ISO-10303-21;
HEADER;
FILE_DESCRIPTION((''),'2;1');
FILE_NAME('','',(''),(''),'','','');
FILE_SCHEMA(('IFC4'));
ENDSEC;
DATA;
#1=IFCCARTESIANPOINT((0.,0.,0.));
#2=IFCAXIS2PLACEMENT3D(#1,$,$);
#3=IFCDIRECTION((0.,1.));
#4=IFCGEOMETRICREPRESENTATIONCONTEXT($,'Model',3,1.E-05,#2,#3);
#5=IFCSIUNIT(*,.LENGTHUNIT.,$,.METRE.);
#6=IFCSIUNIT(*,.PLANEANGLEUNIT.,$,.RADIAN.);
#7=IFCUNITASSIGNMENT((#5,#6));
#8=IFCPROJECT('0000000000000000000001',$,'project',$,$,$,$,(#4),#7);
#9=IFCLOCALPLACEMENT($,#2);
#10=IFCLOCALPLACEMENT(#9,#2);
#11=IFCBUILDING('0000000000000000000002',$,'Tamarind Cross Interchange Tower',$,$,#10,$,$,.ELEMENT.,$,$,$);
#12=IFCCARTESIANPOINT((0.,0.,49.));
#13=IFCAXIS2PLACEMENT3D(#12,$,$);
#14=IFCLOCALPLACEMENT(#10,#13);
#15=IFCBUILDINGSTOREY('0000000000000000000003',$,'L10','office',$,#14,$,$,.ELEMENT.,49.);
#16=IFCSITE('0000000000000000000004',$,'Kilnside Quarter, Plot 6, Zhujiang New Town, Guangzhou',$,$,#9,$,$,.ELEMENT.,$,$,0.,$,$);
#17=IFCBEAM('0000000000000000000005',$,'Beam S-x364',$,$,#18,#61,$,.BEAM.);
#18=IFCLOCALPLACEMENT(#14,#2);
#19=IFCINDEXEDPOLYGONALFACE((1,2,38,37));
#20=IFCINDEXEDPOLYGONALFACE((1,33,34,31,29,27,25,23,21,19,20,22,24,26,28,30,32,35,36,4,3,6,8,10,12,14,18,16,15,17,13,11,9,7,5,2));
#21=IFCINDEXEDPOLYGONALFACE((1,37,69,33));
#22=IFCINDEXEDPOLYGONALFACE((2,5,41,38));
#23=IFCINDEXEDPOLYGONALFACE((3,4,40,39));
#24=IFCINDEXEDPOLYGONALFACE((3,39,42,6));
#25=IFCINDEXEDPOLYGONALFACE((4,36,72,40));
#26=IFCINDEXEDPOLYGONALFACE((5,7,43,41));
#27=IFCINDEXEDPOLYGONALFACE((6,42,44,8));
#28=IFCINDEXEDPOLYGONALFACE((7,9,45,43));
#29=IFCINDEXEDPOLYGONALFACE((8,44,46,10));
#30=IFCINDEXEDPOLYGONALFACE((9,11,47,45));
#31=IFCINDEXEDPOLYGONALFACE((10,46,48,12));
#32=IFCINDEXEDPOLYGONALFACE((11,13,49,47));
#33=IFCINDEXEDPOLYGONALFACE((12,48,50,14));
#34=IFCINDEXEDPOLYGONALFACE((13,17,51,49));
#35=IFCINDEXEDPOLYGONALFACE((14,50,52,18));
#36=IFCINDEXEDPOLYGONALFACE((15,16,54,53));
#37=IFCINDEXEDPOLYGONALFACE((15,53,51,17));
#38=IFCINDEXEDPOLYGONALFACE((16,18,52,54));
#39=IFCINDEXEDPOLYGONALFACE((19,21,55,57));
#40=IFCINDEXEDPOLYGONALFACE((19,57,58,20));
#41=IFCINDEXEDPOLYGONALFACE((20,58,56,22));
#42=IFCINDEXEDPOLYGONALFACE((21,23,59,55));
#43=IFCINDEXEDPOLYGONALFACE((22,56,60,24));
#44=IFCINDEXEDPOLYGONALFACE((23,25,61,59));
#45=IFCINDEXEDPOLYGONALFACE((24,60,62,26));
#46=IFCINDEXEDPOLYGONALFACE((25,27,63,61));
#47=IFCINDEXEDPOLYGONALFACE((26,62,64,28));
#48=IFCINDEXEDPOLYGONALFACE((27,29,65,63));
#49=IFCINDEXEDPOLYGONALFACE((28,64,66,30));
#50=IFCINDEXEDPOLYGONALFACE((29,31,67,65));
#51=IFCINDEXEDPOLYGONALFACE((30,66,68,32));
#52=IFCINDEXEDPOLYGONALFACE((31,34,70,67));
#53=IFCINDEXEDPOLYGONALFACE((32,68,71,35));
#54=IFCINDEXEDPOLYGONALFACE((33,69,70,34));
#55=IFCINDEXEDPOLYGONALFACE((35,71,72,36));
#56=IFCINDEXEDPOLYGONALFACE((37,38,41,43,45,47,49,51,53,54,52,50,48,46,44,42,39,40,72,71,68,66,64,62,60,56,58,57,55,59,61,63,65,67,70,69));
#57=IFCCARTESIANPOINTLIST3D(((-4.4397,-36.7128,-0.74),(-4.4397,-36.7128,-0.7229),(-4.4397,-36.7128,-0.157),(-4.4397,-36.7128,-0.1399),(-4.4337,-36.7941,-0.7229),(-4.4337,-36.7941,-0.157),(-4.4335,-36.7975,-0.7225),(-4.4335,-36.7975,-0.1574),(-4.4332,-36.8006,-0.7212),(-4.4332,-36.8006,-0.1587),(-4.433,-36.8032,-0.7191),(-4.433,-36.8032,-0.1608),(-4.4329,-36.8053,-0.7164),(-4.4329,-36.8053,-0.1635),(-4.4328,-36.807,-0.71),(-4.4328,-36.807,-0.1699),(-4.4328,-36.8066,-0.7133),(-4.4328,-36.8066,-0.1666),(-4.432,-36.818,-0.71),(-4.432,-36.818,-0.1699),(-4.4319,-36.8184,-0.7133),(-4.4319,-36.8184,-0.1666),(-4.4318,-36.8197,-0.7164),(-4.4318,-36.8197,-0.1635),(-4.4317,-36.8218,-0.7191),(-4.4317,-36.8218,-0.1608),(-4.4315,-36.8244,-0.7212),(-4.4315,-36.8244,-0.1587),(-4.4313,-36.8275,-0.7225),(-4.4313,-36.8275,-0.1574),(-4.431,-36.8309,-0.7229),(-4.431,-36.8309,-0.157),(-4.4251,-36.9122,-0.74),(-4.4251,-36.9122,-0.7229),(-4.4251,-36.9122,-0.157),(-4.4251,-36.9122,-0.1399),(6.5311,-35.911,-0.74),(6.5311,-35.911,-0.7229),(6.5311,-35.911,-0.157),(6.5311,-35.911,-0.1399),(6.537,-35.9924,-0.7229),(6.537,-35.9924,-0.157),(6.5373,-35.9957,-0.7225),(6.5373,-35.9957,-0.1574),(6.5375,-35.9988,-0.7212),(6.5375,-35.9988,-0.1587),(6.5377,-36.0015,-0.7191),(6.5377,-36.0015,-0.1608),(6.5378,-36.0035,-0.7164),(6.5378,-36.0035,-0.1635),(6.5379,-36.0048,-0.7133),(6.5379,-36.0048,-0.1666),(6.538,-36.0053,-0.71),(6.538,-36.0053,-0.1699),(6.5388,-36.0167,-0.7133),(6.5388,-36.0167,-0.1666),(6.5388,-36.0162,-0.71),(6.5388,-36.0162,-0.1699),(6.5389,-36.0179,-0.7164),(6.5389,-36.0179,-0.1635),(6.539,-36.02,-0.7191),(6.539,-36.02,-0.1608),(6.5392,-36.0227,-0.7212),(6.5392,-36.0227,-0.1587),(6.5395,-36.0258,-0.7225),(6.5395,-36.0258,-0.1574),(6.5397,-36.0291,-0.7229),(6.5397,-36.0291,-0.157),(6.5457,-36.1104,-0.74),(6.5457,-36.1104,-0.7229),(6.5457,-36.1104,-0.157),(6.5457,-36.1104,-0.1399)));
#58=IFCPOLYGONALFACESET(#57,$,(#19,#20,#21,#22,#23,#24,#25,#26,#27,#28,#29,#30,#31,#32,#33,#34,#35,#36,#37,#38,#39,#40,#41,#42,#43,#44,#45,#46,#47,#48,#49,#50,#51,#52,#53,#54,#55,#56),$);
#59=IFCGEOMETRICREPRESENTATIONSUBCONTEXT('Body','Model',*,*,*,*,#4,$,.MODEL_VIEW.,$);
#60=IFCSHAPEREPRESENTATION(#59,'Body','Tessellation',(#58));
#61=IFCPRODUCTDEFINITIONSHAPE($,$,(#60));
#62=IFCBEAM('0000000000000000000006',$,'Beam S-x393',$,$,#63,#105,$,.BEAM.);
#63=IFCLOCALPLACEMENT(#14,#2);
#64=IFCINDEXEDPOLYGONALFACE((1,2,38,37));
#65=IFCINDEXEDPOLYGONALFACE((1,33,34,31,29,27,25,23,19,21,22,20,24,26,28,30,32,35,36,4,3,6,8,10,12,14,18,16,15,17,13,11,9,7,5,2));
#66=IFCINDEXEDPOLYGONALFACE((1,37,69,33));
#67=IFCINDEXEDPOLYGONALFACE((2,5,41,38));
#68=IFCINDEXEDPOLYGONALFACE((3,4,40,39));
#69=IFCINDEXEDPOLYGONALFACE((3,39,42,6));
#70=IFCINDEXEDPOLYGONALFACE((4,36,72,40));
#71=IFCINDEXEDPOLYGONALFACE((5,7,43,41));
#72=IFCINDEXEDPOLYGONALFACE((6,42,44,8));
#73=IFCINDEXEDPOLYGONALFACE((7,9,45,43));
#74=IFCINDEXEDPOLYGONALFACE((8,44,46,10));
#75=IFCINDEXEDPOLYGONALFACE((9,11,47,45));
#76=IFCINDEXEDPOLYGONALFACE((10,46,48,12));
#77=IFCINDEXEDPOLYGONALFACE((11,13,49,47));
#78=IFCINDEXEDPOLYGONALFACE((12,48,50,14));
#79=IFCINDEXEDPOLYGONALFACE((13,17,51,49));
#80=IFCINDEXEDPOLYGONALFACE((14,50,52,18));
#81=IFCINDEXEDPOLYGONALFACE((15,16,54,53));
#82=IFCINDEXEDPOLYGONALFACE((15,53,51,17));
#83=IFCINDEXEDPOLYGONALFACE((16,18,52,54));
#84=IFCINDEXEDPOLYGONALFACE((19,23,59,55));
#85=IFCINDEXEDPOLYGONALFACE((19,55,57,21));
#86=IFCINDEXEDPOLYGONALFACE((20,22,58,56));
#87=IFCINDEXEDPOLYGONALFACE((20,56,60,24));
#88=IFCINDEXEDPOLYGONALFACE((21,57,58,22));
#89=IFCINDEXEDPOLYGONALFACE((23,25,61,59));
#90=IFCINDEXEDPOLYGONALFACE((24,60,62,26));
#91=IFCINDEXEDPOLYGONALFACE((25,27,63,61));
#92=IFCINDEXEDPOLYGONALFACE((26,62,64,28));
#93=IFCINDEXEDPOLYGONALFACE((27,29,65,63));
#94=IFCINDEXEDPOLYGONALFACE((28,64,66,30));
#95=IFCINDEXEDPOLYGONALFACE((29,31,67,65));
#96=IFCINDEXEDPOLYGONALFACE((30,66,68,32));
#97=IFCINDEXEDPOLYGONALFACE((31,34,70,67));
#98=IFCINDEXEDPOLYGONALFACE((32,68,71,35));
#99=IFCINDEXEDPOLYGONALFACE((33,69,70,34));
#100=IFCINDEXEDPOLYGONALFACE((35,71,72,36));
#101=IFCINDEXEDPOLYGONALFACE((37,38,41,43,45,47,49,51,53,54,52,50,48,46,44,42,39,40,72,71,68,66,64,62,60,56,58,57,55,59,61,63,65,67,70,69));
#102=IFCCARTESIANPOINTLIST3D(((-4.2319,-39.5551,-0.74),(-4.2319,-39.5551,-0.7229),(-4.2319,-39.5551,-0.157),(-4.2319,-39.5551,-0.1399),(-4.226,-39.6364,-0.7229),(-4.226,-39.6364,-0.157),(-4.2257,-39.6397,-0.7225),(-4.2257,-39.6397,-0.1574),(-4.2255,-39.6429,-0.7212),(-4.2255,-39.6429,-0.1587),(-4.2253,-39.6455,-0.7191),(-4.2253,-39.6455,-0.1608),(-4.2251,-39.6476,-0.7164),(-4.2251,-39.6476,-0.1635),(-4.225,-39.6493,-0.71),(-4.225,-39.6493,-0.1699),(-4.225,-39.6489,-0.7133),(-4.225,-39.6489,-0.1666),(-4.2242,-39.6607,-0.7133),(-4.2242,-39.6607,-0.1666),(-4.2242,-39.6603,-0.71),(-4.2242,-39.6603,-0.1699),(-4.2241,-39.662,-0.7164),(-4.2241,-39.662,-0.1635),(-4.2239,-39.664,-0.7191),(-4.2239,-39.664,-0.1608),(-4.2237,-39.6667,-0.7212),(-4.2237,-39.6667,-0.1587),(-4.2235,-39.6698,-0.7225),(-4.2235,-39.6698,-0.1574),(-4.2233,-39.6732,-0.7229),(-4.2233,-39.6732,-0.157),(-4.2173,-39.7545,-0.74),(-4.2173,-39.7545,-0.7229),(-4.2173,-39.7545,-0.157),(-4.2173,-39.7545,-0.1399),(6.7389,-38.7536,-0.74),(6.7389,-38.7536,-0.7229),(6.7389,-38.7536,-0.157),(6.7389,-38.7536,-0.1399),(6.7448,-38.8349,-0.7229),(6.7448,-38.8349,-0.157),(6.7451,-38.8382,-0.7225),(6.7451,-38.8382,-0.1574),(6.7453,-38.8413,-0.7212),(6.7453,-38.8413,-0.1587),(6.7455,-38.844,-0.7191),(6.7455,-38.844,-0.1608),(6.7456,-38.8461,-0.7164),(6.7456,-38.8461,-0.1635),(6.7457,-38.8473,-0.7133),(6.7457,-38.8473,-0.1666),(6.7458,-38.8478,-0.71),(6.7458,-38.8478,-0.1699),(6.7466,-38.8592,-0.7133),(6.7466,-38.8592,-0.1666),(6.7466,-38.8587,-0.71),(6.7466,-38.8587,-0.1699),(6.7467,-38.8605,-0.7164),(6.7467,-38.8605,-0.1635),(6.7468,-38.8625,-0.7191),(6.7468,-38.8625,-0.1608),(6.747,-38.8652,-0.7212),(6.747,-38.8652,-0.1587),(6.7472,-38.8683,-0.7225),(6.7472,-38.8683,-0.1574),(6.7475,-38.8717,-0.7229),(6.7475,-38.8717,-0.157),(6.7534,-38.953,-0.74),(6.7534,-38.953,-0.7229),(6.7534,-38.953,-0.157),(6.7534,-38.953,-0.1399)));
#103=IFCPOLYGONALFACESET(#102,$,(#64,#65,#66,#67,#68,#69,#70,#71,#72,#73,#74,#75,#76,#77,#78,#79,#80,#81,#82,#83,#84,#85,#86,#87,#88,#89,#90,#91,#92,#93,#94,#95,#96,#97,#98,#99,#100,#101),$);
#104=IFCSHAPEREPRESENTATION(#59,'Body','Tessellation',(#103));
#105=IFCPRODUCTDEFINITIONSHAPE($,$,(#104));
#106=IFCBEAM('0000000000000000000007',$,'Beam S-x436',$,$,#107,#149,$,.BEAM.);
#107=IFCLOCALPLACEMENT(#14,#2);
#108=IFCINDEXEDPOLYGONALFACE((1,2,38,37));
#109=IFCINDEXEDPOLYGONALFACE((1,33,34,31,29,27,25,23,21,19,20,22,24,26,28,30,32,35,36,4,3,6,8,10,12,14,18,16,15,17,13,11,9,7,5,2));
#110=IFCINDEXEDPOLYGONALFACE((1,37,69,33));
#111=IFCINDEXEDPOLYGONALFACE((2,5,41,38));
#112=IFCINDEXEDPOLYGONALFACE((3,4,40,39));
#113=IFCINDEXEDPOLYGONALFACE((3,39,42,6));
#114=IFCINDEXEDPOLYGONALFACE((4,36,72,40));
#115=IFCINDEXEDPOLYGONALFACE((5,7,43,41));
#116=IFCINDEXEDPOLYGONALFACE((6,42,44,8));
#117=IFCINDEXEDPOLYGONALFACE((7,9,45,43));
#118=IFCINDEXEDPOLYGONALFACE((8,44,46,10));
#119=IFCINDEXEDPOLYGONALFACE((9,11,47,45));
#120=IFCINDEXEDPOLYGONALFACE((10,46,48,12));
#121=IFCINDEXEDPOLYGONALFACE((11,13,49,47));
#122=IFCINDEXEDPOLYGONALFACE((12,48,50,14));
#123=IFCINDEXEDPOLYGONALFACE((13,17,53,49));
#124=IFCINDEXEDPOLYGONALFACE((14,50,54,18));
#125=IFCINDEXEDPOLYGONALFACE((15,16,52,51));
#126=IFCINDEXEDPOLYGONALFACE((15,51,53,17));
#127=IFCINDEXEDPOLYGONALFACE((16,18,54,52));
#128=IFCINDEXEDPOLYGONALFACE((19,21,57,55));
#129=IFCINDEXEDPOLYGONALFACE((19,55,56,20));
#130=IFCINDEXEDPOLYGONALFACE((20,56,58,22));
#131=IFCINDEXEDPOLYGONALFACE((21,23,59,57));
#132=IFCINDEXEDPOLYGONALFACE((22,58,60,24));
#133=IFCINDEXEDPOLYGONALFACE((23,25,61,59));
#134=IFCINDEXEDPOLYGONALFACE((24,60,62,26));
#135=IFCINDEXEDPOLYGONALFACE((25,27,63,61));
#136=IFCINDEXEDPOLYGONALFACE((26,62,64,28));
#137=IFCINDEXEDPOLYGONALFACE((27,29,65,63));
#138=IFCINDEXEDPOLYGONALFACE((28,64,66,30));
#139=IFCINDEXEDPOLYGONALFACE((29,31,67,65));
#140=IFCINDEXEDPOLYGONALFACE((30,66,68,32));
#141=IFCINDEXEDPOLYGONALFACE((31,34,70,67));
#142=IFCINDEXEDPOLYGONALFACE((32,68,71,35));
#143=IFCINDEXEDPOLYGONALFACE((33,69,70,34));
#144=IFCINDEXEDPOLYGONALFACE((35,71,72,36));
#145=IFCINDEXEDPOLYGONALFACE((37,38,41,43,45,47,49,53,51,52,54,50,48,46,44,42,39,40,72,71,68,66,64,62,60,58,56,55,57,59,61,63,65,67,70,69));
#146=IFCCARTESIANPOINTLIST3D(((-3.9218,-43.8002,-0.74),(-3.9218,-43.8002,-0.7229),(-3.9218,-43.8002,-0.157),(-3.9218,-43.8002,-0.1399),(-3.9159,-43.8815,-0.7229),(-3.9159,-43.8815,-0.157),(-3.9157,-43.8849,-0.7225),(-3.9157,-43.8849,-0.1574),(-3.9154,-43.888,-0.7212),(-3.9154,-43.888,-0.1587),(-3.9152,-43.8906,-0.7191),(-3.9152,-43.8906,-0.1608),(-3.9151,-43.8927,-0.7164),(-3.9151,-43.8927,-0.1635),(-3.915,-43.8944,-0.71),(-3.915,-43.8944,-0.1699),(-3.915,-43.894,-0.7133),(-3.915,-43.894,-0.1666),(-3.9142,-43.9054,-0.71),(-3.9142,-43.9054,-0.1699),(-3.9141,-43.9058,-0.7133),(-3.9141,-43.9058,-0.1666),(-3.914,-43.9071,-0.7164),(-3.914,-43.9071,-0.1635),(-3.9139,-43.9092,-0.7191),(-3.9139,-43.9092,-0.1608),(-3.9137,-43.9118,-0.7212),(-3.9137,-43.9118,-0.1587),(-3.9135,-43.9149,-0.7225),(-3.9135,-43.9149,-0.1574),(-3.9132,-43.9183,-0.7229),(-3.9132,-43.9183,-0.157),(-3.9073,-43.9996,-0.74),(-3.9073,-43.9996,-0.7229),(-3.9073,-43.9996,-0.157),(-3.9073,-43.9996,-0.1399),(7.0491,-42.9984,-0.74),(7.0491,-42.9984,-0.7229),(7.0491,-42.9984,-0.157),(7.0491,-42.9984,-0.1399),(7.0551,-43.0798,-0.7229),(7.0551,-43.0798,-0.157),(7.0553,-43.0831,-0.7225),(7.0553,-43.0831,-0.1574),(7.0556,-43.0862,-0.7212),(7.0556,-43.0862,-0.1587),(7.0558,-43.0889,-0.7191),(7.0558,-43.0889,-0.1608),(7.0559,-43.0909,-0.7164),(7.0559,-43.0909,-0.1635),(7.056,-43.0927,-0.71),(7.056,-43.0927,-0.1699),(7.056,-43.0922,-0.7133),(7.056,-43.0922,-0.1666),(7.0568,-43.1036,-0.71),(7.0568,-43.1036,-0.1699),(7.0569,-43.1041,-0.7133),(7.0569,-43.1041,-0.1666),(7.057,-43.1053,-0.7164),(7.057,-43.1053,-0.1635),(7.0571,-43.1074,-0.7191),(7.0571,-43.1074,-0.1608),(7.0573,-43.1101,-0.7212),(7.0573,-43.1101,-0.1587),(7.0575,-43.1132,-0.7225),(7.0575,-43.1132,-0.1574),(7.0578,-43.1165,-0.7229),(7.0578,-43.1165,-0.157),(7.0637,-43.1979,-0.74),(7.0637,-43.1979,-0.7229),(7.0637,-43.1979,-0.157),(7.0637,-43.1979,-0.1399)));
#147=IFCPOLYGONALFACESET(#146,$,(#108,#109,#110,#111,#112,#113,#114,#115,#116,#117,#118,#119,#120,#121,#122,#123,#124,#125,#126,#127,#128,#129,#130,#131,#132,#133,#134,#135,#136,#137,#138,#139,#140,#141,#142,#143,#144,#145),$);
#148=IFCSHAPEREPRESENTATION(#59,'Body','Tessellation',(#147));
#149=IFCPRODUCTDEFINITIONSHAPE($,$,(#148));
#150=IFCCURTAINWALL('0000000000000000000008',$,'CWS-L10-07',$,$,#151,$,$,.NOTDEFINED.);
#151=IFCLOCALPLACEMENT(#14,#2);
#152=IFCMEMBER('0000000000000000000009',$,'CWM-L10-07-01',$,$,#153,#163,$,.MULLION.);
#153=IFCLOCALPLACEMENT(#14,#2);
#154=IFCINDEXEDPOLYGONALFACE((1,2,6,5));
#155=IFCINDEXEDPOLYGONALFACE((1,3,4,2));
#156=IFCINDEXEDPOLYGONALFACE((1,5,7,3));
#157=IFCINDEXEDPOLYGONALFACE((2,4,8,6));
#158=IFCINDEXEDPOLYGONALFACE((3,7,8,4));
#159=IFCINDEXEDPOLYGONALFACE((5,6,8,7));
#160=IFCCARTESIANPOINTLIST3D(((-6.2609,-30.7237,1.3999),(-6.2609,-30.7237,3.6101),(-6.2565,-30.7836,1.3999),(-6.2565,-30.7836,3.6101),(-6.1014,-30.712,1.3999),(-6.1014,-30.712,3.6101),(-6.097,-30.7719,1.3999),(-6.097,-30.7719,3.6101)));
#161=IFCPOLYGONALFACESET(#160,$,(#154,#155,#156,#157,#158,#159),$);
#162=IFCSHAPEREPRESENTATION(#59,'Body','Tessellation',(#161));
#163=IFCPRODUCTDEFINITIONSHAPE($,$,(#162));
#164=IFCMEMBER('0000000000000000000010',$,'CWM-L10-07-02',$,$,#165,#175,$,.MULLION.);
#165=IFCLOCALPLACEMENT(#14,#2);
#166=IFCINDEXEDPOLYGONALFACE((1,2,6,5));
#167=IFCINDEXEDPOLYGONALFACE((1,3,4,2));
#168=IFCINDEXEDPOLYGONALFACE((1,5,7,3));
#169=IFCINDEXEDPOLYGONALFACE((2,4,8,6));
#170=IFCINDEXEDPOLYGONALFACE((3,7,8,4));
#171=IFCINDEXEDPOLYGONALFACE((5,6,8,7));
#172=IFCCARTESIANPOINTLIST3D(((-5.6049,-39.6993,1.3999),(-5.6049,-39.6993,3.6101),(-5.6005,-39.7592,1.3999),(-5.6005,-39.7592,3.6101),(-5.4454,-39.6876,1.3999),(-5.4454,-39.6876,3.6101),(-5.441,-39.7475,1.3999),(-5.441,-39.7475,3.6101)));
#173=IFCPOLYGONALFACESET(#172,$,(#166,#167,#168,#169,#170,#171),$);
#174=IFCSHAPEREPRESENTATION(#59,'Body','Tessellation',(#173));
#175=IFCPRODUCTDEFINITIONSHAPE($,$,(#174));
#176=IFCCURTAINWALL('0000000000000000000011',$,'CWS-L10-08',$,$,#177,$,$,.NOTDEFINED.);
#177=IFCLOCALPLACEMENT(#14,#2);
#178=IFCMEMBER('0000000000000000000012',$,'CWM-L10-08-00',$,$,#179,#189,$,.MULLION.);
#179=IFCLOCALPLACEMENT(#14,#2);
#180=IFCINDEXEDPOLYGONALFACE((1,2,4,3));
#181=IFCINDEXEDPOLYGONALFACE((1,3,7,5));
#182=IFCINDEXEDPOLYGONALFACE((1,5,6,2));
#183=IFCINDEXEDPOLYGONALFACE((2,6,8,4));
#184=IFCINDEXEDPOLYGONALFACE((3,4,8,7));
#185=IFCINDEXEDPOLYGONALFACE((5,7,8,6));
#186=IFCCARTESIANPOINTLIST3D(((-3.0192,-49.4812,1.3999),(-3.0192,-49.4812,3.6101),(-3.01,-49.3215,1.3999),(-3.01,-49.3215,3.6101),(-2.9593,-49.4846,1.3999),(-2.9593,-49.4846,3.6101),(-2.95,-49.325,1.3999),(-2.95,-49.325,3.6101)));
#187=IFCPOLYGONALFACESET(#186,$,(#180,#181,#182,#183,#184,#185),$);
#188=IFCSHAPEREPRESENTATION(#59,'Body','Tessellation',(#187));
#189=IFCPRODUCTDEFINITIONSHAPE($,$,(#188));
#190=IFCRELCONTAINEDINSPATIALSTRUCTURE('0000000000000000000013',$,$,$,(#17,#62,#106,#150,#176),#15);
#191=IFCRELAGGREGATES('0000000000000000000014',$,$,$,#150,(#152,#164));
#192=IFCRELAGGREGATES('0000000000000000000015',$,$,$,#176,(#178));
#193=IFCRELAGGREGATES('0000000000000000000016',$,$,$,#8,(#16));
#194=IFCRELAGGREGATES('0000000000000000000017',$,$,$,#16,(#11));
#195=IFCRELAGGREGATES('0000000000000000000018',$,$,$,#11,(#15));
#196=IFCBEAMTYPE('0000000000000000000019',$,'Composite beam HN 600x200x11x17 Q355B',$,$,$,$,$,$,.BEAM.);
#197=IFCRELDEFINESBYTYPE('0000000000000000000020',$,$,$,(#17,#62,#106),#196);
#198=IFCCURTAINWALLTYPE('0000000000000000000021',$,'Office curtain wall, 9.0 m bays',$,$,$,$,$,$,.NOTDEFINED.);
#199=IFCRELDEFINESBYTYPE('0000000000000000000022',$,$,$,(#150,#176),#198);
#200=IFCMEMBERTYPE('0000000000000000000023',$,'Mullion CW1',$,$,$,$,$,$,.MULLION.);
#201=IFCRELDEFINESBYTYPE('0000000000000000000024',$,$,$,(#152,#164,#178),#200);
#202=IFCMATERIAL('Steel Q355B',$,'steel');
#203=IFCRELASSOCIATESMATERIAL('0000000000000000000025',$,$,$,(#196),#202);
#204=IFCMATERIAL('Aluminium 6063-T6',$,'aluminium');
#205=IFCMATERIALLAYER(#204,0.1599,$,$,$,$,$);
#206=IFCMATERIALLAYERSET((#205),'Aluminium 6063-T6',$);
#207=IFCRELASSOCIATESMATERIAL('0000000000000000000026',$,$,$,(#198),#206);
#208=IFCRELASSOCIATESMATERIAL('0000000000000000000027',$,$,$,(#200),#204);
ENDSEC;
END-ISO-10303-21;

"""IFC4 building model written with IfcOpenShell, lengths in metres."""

from ifc_helpers import new_model, si_unit, direction, frame, origin, origin_2d, place, context, subcontext, project, spatial, rectangle, i_section, extrude, material, layer, layer_set, material_profile, profile_set, type_object, element, aggregate, save


model = new_model("IFC4")

# Units and contexts
model_context = context("Model", 3, precision=1e-05, world=origin(), true_north=direction((0.0, 1.0)))
body_context = subcontext(model_context, "Body", "Model", "MODEL_VIEW")
ifc_project = project(units=[si_unit("LENGTHUNIT", "METRE"), si_unit("PLANEANGLEUNIT", "RADIAN")], contexts=[model_context])

# Site, building, storey
site_placement = place(None, origin())
site = spatial("IfcSite", under=ifc_project, at=site_placement, Name="Kilnside Quarter, Plot 6, Zhujiang New Town, Guangzhou", CompositionType="ELEMENT", RefElevation=0.0)
building_placement = place(site_placement, origin())
building = spatial("IfcBuilding", under=site, at=building_placement, Name="Tamarind Cross Interchange Tower", CompositionType="ELEMENT")
storey_placement = place(building_placement, frame((0.0, 0.0, 49.0)))
storey = spatial("IfcBuildingStorey", under=building, at=storey_placement, Name="L10", Description="office", CompositionType="ELEMENT", Elevation=49.0)

# Beams
ifc_material_1 = material(Name="Steel Q355B", Category="steel")
ifc_material_profile_1 = material_profile(ifc_material_1, i_section(OverallWidth=0.2, OverallDepth=0.6001, WebThickness=0.011, FlangeThickness=0.0171, FilletRadius=0.0129, at=origin_2d()), Name="HN 600x200x11x17")
ifc_profile_set_1 = profile_set([ifc_material_profile_1], Name="Steel Q355B")
beam_type_1 = type_object("IfcBeamType", Name="Composite beam HN 600x200x11x17 Q355B", PredefinedType="BEAM", material=ifc_profile_set_1)
for number, where, z_axis, x_axis, name in (
    (1, (-4.4324, -36.8125, -0.4399), (0.99734, 0.072887, 0.0), (-0.072887, 0.99734, 0.0), "Beam S-x364"),
    (2, (-4.2246, -39.6548, -0.4399), (0.997342, 0.072865, 0.0), (-0.072865, 0.997342, 0.0), "Beam S-x393"),
):
    element("IfcBeam", number, at=place(storey_placement, frame(where, z_axis=z_axis, x_axis=x_axis)), inside=storey, type_object=beam_type_1, Name=name, PredefinedType="BEAM", context=body_context, shape_type="SweptSolid", body=[
        extrude(i_section(OverallWidth=0.2, OverallDepth=0.6001, WebThickness=0.011, FlangeThickness=0.0171, FilletRadius=0.0129, at=origin_2d()), origin(), (0.0, 0.0, 1.0), 11.0),
    ])
beam_1_placement = place(storey_placement, frame((-3.9146, -43.8999, -0.4399), z_axis=(0.99734, 0.072886, 0.0), x_axis=(-0.072886, 0.99734, 0.0)))
element("IfcBeam", 3, at=beam_1_placement, inside=storey, type_object=beam_type_1, Name="Beam S-x436", PredefinedType="BEAM", context=body_context, shape_type="SweptSolid", body=[
    extrude(i_section(OverallWidth=0.2, OverallDepth=0.6001, WebThickness=0.011, FlangeThickness=0.0171, FilletRadius=0.0129, at=origin_2d()), origin(), (0.0, 0.0, 1.0), 11.0002),
])

# Curtain wall, members
ifc_material_2 = material(Name="Aluminium 6063-T6", Category="aluminium")
ifc_layer_1 = layer(ifc_material_2, 0.1599)
ifc_layer_set_1 = layer_set([ifc_layer_1], Name="Aluminium 6063-T6")
curtain_wall_type = type_object("IfcCurtainWallType", Name="Office curtain wall, 9.0 m bays", PredefinedType="NOTDEFINED", material=ifc_layer_set_1)
curtain_wall_1_placement = place(storey_placement, origin())
curtain_wall_1 = element("IfcCurtainWall", 4, at=curtain_wall_1_placement, inside=storey, type_object=curtain_wall_type, Name="CWS-L10-07", PredefinedType="NOTDEFINED")
ifc_material_profile_2 = material_profile(ifc_material_2, rectangle(XDim=0.0601, YDim=0.1599, at=origin_2d()), Name="Mullion CW1")
ifc_profile_set_2 = profile_set([ifc_material_profile_2], Name="Aluminium 6063-T6")
member_type = type_object("IfcMemberType", Name="Mullion CW1", PredefinedType="MULLION", material=ifc_profile_set_2)
member_1_placement = place(storey_placement, frame((-6.179, -30.7478, 1.3999), z_axis=(0.0, 0.0, 1.0), x_axis=(0.072876, -0.997341, 0.0)))
member_1 = element("IfcMember", 5, at=member_1_placement, type_object=member_type, Name="CWM-L10-07-01", PredefinedType="MULLION", context=body_context, shape_type="SweptSolid", body=[
    extrude(rectangle(XDim=0.0601, YDim=0.1599, at=origin_2d()), origin(), (0.0, 0.0, 1.0), 2.2102),
])
member_2_placement = place(storey_placement, frame((-5.5229, -39.7234, 1.3999), z_axis=(0.0, 0.0, 1.0), x_axis=(0.072876, -0.997341, 0.0)))
member_2 = element("IfcMember", 6, at=member_2_placement, type_object=member_type, Name="CWM-L10-07-02", PredefinedType="MULLION", context=body_context, shape_type="SweptSolid", body=[
    extrude(rectangle(XDim=0.0601, YDim=0.1599, at=origin_2d()), origin(), (0.0, 0.0, 1.0), 2.2102),
])
aggregate(curtain_wall_1, [member_1, member_2])

# Curtain wall, member
curtain_wall_2_placement = place(storey_placement, origin())
curtain_wall_2 = element("IfcCurtainWall", 7, at=curtain_wall_2_placement, inside=storey, type_object=curtain_wall_type, Name="CWS-L10-08", PredefinedType="NOTDEFINED")
member_3_placement = place(storey_placement, frame((-2.9846, -49.4031, 1.3999), z_axis=(0.0, 0.0, 1.0), x_axis=(0.998321, -0.057926, 0.0)))
member_3 = element("IfcMember", 8, at=member_3_placement, type_object=member_type, Name="CWM-L10-08-00", PredefinedType="MULLION", context=body_context, shape_type="SweptSolid", body=[
    extrude(rectangle(XDim=0.0601, YDim=0.1599, at=origin_2d()), origin(), (0.0, 0.0, 1.0), 2.2102),
])
aggregate(curtain_wall_2, [member_3])

save(model, "model.ifc")
